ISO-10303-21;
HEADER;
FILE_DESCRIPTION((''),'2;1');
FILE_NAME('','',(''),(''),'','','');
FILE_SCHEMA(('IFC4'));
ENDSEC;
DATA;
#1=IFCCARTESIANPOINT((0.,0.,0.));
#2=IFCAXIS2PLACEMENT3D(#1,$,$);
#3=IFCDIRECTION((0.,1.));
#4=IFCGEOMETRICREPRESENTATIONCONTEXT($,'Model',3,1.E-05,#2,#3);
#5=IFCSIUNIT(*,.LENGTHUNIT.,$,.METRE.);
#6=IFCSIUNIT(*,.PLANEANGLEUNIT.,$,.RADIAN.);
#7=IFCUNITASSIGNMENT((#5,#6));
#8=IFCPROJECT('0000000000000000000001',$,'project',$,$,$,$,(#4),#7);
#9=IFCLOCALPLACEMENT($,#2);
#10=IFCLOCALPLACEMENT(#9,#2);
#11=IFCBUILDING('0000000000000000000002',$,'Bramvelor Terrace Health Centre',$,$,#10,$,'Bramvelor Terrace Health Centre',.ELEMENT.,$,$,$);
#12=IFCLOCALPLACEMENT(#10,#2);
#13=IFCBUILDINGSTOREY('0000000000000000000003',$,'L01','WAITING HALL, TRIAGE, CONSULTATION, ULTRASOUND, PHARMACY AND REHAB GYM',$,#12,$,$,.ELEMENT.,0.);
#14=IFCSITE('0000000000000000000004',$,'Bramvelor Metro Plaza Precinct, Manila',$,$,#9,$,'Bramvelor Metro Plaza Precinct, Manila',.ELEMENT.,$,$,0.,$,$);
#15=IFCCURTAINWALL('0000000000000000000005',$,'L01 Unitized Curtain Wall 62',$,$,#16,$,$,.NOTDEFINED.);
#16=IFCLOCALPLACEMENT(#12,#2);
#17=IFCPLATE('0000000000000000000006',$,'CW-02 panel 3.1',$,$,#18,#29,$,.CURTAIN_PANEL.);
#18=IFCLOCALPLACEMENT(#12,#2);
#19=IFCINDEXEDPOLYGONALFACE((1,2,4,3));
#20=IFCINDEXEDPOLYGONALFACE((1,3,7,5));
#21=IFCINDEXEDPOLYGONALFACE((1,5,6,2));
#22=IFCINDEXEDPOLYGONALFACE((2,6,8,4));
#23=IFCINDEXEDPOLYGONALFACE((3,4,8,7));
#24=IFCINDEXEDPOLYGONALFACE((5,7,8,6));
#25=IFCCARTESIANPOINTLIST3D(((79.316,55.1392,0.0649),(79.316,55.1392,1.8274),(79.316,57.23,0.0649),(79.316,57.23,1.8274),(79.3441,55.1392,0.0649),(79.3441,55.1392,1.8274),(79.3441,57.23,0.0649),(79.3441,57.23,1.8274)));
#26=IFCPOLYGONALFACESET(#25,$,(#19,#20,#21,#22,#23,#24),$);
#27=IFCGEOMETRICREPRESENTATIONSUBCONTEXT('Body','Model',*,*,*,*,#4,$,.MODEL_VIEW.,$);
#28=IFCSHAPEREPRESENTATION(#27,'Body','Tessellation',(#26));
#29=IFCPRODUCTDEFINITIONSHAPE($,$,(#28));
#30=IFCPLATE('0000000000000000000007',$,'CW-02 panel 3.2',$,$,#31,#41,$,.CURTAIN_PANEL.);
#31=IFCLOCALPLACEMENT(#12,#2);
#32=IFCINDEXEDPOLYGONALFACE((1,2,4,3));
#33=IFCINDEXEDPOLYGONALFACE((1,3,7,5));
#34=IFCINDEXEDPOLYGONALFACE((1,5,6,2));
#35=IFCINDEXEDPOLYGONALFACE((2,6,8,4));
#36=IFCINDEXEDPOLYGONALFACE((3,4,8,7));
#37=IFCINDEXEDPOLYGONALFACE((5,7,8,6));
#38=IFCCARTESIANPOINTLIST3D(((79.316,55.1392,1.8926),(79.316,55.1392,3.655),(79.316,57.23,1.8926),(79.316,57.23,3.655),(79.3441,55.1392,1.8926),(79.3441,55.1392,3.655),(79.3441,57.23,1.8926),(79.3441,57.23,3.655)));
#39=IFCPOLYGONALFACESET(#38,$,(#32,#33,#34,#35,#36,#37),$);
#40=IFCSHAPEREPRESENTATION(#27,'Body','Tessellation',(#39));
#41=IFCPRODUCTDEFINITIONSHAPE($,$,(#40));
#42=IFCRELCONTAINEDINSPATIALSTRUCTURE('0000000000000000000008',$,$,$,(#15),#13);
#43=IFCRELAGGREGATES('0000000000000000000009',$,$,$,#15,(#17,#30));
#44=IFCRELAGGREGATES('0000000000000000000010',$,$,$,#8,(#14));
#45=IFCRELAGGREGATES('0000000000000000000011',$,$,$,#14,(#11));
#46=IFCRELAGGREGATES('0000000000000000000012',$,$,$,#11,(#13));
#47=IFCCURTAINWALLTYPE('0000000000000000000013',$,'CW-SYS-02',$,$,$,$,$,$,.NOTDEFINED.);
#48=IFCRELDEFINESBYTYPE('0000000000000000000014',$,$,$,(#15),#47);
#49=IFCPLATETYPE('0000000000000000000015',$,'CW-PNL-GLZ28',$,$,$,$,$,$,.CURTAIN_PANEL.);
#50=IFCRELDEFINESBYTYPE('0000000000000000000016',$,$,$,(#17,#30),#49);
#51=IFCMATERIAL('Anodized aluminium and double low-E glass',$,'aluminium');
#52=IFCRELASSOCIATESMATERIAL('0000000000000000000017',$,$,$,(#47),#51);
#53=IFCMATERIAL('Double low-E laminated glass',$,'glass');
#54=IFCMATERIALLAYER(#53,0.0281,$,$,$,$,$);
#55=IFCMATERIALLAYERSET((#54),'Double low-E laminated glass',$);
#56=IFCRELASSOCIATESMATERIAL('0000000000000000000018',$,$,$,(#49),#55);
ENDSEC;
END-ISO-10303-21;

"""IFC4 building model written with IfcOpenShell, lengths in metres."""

from ifc_helpers import new_model, si_unit, direction, frame, origin, origin_2d, place, context, subcontext, project, spatial, rectangle, extrude, material, layer, layer_set, type_object, element, aggregate, save


model = new_model("IFC4")

# Units and contexts
model_context = context("Model", 3, precision=1e-05, world=origin(), true_north=direction((0.0, 1.0)))
body_context = subcontext(model_context, "Body", "Model", "MODEL_VIEW")
ifc_project = project(units=[si_unit("LENGTHUNIT", "METRE"), si_unit("PLANEANGLEUNIT", "RADIAN")], contexts=[model_context])

# Site, building, storey
site_placement = place(None, origin())
site = spatial("IfcSite", under=ifc_project, at=site_placement, Name="Bramvelor Metro Plaza Precinct, Manila", LongName="Bramvelor Metro Plaza Precinct, Manila", CompositionType="ELEMENT", RefElevation=0.0)
building_placement = place(site_placement, origin())
building = spatial("IfcBuilding", under=site, at=building_placement, Name="Bramvelor Terrace Health Centre", LongName="Bramvelor Terrace Health Centre", CompositionType="ELEMENT")
storey_placement = place(building_placement, origin())
storey = spatial("IfcBuildingStorey", under=building, at=storey_placement, Name="L01", Description="WAITING HALL, TRIAGE, CONSULTATION, ULTRASOUND, PHARMACY AND REHAB GYM", CompositionType="ELEMENT", Elevation=0.0)

# Curtain wall, plates
ifc_material_1 = material(Name="Anodized aluminium and double low-E glass", Category="aluminium")
curtain_wall_type = type_object("IfcCurtainWallType", Name="CW-SYS-02", PredefinedType="NOTDEFINED", material=ifc_material_1)
curtain_wall_placement = place(storey_placement, origin())
curtain_wall = element("IfcCurtainWall", 1, at=curtain_wall_placement, inside=storey, type_object=curtain_wall_type, Name="L01 Unitized Curtain Wall 62", PredefinedType="NOTDEFINED")
ifc_material_2 = material(Name="Double low-E laminated glass", Category="glass")
ifc_layer = layer(ifc_material_2, 0.0281)
ifc_layer_set = layer_set([ifc_layer], Name="Double low-E laminated glass")
plate_type = type_object("IfcPlateType", Name="CW-PNL-GLZ28", PredefinedType="CURTAIN_PANEL", material=ifc_layer_set)
plate_1_placement = place(storey_placement, frame((79.3301, 56.1846, 0.0649), z_axis=(0.0, 0.0, 1.0), x_axis=(0.0, 1.0, 0.0)))
plate_1 = element("IfcPlate", 2, at=plate_1_placement, type_object=plate_type, Name="CW-02 panel 3.1", PredefinedType="CURTAIN_PANEL", context=body_context, shape_type="SweptSolid", body=[
    extrude(rectangle(XDim=2.0908, YDim=0.0281, at=origin_2d()), origin(), (0.0, 0.0, 1.0), 1.7625),
])
plate_2_placement = place(storey_placement, frame((79.3301, 56.1846, 1.8926), z_axis=(0.0, 0.0, 1.0), x_axis=(0.0, 1.0, 0.0)))
plate_2 = element("IfcPlate", 3, at=plate_2_placement, type_object=plate_type, Name="CW-02 panel 3.2", PredefinedType="CURTAIN_PANEL", context=body_context, shape_type="SweptSolid", body=[
    extrude(rectangle(XDim=2.0908, YDim=0.0281, at=origin_2d()), origin(), (0.0, 0.0, 1.0), 1.7625),
])
aggregate(curtain_wall, [plate_1, plate_2])

save(model, "model.ifc")
